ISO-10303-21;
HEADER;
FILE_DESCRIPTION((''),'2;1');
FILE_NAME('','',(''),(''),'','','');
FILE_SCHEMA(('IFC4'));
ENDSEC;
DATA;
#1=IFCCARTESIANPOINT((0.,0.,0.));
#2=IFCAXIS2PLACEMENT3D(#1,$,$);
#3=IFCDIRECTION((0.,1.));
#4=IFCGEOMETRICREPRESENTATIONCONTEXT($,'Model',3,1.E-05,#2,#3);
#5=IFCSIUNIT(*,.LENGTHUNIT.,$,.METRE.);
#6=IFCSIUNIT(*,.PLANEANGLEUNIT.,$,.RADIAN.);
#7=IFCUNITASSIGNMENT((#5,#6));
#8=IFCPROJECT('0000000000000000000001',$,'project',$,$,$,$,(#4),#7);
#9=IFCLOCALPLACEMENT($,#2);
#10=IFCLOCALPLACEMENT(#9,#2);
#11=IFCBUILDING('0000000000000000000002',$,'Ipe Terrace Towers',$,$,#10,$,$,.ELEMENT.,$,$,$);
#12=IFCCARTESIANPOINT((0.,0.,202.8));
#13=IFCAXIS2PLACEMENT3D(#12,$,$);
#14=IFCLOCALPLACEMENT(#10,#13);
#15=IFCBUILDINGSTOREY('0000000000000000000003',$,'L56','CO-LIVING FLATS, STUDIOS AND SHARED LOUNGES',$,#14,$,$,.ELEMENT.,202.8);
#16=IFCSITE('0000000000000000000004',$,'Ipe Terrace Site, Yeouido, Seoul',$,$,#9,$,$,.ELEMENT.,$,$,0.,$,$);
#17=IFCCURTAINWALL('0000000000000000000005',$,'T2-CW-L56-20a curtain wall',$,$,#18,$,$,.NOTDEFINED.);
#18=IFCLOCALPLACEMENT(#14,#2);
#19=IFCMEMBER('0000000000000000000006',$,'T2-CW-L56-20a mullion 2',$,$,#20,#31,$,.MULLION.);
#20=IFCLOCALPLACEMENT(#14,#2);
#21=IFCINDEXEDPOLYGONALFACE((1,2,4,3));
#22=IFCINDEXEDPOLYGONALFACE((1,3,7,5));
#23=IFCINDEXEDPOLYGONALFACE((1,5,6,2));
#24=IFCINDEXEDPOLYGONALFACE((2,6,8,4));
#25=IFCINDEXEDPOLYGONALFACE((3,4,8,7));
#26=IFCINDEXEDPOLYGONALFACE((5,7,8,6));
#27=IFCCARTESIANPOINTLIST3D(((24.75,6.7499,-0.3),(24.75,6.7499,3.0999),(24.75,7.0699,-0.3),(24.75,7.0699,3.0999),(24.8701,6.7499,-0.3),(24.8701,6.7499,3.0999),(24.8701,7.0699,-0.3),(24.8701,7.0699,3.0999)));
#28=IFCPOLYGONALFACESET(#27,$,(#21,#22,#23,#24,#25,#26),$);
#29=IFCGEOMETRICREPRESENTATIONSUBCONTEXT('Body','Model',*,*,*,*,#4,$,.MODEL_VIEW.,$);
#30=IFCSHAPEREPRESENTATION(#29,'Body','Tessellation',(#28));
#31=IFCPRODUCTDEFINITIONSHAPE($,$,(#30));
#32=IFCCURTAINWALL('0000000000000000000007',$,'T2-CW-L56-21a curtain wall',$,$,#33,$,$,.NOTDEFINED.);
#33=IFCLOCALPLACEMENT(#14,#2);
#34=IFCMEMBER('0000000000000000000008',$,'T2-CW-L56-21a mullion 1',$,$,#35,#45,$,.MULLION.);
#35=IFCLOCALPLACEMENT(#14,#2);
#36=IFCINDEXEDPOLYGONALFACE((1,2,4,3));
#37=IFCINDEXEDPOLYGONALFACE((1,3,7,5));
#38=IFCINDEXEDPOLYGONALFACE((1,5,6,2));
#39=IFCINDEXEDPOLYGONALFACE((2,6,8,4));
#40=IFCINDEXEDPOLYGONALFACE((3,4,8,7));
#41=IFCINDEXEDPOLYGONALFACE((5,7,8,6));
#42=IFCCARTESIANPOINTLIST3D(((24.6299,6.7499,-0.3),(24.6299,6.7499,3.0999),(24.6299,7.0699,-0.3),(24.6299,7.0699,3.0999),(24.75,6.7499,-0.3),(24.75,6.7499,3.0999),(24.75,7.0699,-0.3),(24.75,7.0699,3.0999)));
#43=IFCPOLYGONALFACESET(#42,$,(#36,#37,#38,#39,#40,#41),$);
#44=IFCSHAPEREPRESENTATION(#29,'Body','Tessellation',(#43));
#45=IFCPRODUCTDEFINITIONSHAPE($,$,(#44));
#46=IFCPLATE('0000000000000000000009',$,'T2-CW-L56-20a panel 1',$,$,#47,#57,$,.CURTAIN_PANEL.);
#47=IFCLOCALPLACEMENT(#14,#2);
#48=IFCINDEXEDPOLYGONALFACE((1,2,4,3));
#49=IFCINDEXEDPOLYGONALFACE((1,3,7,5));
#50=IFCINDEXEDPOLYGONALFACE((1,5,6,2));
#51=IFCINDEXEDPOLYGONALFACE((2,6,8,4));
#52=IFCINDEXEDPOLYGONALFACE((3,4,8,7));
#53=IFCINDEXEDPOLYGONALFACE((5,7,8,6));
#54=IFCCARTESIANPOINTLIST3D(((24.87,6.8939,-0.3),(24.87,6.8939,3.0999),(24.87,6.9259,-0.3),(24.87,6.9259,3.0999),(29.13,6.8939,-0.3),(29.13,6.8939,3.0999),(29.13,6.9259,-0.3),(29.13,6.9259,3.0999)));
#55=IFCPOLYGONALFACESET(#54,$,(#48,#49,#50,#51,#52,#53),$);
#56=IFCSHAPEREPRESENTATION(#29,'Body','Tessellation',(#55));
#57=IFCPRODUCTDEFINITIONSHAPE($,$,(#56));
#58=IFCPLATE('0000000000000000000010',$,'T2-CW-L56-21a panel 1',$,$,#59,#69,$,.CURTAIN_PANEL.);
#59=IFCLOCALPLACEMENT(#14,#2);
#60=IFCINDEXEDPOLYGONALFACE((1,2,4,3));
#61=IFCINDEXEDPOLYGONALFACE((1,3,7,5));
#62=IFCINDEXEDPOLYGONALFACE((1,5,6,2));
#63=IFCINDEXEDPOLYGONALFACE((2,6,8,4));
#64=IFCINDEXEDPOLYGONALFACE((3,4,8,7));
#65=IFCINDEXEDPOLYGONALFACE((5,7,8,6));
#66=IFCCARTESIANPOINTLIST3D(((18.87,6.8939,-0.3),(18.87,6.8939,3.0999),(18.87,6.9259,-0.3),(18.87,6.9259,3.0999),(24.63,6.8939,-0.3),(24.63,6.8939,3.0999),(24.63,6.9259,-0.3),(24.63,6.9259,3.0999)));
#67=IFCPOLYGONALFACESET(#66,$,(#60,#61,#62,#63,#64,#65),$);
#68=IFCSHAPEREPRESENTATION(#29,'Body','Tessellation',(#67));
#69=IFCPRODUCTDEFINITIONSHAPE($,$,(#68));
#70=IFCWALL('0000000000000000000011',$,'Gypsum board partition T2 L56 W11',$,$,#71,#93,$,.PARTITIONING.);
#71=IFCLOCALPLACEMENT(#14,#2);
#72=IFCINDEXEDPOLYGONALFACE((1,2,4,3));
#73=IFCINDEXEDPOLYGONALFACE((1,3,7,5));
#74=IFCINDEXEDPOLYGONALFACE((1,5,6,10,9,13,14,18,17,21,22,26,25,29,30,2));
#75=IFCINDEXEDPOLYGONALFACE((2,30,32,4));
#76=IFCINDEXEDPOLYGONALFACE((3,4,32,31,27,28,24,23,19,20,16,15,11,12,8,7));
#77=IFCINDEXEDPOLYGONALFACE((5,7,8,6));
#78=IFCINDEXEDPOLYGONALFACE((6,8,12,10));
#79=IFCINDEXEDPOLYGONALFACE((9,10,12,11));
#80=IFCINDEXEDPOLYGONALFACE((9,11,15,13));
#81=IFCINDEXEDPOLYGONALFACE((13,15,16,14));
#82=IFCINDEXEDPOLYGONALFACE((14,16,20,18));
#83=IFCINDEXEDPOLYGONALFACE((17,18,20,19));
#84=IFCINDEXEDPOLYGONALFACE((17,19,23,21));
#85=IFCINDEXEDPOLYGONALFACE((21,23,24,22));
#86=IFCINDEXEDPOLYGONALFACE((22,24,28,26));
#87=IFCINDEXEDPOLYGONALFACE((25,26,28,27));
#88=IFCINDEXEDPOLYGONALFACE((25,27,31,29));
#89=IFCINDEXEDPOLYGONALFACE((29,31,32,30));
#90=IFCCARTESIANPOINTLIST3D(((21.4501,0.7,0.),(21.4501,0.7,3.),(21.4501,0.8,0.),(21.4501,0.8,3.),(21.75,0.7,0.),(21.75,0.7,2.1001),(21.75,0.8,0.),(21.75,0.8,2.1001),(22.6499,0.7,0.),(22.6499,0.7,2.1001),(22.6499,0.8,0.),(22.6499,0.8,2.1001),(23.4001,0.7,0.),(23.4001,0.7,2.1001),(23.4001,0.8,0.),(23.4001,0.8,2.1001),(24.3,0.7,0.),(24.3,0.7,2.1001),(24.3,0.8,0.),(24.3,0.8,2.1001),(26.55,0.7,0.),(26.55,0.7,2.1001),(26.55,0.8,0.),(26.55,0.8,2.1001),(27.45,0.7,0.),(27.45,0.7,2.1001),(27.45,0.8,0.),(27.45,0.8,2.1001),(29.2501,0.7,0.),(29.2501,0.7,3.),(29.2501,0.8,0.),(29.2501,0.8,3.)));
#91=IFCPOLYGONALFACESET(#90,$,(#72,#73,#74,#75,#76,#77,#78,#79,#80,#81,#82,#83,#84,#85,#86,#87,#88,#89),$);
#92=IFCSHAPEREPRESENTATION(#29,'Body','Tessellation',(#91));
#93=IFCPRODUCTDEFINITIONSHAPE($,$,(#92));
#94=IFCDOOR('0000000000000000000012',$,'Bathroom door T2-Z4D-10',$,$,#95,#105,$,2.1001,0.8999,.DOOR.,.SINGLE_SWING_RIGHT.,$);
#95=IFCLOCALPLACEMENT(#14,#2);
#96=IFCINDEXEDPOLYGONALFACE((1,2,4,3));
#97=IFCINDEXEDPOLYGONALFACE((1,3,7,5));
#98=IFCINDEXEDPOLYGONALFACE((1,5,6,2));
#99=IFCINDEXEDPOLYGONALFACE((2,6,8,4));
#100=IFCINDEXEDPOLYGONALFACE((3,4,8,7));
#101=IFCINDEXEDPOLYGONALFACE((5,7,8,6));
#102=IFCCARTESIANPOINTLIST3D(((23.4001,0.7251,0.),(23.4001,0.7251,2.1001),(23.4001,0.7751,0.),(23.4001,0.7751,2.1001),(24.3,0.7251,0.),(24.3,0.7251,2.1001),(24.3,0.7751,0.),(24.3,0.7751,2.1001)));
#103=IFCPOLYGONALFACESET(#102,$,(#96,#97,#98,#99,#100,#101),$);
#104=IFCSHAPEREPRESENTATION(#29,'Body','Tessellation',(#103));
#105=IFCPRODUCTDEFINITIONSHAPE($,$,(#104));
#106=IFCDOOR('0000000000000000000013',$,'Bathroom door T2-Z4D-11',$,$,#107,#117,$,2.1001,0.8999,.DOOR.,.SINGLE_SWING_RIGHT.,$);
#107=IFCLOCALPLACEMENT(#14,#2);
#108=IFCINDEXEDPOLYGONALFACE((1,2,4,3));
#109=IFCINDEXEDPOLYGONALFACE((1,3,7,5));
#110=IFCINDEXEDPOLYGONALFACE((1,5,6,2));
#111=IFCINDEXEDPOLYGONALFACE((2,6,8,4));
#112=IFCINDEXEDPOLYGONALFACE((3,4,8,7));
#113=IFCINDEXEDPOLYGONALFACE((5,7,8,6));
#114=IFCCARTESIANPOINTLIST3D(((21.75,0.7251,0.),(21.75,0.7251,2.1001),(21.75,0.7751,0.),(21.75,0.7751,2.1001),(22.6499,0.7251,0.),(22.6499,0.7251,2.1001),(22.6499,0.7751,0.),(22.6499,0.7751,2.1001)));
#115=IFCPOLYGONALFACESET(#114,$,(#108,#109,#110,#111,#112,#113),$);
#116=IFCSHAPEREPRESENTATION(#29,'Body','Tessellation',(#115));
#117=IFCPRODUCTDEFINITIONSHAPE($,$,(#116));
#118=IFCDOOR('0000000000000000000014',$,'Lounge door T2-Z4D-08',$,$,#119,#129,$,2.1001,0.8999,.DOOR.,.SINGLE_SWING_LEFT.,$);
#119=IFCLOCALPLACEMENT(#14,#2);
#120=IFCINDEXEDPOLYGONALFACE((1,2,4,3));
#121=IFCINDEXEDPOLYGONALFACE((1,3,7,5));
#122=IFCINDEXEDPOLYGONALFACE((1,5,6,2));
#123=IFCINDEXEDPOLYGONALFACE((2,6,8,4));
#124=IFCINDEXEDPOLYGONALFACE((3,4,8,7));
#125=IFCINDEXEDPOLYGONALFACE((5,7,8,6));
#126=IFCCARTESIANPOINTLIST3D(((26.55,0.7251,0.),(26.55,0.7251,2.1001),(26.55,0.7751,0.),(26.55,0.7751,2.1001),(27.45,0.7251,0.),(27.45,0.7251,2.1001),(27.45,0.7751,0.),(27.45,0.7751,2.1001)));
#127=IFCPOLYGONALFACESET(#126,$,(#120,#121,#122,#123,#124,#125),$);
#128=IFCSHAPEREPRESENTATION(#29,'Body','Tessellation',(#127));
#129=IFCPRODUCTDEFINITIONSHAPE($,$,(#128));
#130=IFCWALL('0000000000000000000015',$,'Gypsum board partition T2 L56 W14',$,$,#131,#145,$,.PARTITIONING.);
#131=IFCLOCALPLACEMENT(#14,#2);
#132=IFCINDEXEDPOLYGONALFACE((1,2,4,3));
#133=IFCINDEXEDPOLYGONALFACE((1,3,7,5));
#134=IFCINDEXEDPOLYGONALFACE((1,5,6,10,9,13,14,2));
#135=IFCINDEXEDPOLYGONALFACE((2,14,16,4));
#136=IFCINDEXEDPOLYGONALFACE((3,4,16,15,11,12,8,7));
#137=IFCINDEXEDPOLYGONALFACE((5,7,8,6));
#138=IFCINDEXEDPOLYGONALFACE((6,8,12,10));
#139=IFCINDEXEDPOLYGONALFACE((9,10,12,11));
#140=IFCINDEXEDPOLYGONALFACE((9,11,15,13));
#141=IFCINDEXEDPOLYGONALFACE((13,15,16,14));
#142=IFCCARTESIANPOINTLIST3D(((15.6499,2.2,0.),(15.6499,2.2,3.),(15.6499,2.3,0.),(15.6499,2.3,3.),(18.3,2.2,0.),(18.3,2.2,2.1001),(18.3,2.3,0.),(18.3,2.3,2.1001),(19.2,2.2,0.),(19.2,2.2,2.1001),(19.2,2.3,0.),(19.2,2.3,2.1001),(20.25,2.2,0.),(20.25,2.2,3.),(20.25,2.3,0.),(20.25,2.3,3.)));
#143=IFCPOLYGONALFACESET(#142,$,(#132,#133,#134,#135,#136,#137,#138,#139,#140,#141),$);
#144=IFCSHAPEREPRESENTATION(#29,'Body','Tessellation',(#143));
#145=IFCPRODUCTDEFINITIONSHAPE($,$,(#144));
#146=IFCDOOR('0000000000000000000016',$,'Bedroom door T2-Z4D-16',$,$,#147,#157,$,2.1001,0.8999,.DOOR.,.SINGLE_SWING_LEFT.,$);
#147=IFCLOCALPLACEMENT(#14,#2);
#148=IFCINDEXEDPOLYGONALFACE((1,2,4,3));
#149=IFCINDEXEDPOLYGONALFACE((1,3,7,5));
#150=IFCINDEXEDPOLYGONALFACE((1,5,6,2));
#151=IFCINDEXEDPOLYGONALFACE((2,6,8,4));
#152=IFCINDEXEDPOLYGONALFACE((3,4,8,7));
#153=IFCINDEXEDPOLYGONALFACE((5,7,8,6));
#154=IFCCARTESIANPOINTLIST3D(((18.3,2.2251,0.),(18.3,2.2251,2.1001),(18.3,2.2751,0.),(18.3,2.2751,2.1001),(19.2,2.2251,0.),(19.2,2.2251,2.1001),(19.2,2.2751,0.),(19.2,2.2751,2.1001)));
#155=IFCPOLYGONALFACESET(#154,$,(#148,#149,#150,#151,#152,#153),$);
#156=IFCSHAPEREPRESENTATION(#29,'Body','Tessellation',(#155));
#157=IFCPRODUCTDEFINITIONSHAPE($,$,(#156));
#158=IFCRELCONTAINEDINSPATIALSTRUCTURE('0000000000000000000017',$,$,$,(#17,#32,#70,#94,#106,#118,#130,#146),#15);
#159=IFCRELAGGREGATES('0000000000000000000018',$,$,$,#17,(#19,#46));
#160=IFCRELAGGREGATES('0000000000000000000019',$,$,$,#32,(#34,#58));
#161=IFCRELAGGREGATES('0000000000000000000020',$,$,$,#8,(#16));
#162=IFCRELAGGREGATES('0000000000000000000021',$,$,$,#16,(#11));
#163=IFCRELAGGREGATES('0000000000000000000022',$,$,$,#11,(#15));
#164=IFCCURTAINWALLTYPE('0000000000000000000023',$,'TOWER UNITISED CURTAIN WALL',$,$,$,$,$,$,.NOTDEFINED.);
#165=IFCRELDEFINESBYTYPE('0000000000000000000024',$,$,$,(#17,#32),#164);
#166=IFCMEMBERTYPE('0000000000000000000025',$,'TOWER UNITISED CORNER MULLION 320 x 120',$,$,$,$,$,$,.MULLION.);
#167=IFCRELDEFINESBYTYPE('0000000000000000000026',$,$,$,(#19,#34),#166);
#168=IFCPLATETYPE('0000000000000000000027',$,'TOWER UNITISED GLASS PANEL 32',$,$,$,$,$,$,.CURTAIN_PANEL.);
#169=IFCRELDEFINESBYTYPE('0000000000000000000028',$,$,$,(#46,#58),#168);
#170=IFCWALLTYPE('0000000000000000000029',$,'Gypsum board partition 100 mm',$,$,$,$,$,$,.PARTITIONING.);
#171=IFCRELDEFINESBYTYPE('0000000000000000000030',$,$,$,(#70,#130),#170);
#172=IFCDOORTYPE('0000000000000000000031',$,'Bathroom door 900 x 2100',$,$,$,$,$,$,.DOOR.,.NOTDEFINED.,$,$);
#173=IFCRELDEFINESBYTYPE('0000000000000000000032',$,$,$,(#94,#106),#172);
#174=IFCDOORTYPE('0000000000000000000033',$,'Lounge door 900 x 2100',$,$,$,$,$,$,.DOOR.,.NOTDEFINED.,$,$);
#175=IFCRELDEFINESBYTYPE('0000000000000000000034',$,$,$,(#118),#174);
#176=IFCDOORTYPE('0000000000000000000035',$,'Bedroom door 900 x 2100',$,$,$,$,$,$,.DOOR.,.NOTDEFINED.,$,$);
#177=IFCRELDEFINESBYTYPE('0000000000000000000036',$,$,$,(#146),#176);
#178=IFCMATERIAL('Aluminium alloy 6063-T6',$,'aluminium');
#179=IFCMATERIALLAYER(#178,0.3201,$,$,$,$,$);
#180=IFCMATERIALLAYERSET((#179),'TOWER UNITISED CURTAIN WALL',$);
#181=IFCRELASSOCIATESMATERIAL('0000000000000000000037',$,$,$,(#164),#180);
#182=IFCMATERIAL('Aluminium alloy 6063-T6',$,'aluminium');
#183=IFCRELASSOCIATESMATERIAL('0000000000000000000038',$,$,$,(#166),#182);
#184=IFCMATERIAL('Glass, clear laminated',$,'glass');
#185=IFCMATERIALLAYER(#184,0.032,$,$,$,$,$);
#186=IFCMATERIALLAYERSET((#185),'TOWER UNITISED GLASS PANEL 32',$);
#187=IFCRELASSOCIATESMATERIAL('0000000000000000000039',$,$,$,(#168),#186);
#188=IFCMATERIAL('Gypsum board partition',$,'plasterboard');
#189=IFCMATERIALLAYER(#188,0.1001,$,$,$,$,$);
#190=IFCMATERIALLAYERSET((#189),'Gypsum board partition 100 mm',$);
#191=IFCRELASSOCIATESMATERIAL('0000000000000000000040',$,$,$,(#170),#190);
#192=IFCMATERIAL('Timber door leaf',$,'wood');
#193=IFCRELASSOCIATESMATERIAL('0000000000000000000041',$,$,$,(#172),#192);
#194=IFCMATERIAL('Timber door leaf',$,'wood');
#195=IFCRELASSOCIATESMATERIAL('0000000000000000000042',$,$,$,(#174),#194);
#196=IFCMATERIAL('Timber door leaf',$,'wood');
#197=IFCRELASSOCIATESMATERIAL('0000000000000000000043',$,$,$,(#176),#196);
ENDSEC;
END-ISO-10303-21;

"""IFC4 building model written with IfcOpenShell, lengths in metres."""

from ifc_helpers import new_model, si_unit, direction, frame, frame_2d, origin, origin_2d, place, context, subcontext, project, spatial, rectangle, extrude, material, layer, layer_set, material_profile, profile_set, type_object, element, fill, aggregate, save


model = new_model("IFC4")

# Units and contexts
model_context = context("Model", 3, precision=1e-05, world=origin(), true_north=direction((0.0, 1.0)))
body_context = subcontext(model_context, "Body", "Model", "MODEL_VIEW")
ifc_project = project(units=[si_unit("LENGTHUNIT", "METRE"), si_unit("PLANEANGLEUNIT", "RADIAN")], contexts=[model_context])

# Site, building, storey
site_placement = place(None, origin())
site = spatial("IfcSite", under=ifc_project, at=site_placement, Name="Ipe Terrace Site, Yeouido, Seoul", CompositionType="ELEMENT", RefElevation=0.0)
building_placement = place(site_placement, origin())
building = spatial("IfcBuilding", under=site, at=building_placement, Name="Ipe Terrace Towers", CompositionType="ELEMENT")
storey_placement = place(building_placement, frame((0.0, 0.0, 202.8)))
storey = spatial("IfcBuildingStorey", under=building, at=storey_placement, Name="L56", Description="CO-LIVING FLATS, STUDIOS AND SHARED LOUNGES", CompositionType="ELEMENT", Elevation=202.8)

# Curtain wall, member
ifc_material_1 = material(Name="Aluminium alloy 6063-T6", Category="aluminium")
ifc_layer_1 = layer(ifc_material_1, 0.3201)
ifc_layer_set_1 = layer_set([ifc_layer_1], Name="TOWER UNITISED CURTAIN WALL")
curtain_wall_type = type_object("IfcCurtainWallType", Name="TOWER UNITISED CURTAIN WALL", PredefinedType="NOTDEFINED", material=ifc_layer_set_1)
curtain_wall_1_placement = place(storey_placement, origin())
curtain_wall_1 = element("IfcCurtainWall", 1, at=curtain_wall_1_placement, inside=storey, type_object=curtain_wall_type, Name="T2-CW-L56-20a curtain wall", PredefinedType="NOTDEFINED")
ifc_material_2 = material(Name="Aluminium alloy 6063-T6", Category="aluminium")
ifc_material_profile_1 = material_profile(ifc_material_2, rectangle(XDim=0.3201, YDim=0.1201, at=origin_2d()), Name="TOWER UNITISED CORNER MULLION 320 x 120")
ifc_profile_set_1 = profile_set([ifc_material_profile_1], Name="Aluminium alloy 6063-T6")
member_type = type_object("IfcMemberType", Name="TOWER UNITISED CORNER MULLION 320 x 120", PredefinedType="MULLION", material=ifc_profile_set_1)
member_1_placement = place(storey_placement, frame((24.8101, 6.9099, -0.3), z_axis=(0.0, 0.0, 1.0), x_axis=(0.0, 1.0, 0.0)))
member_1 = element("IfcMember", 2, at=member_1_placement, type_object=member_type, Name="T2-CW-L56-20a mullion 2", PredefinedType="MULLION", context=body_context, shape_type="SweptSolid", body=[
    extrude(rectangle(XDim=0.3201, YDim=0.1201, at=origin_2d()), origin(), (0.0, 0.0, 1.0), 3.3999),
])

# Curtain wall, member
curtain_wall_2_placement = place(storey_placement, origin())
curtain_wall_2 = element("IfcCurtainWall", 3, at=curtain_wall_2_placement, inside=storey, type_object=curtain_wall_type, Name="T2-CW-L56-21a curtain wall", PredefinedType="NOTDEFINED")
member_2_placement = place(storey_placement, frame((24.6899, 6.9099, -0.3), z_axis=(0.0, 0.0, 1.0), x_axis=(0.0, 1.0, 0.0)))
member_2 = element("IfcMember", 4, at=member_2_placement, type_object=member_type, Name="T2-CW-L56-21a mullion 1", PredefinedType="MULLION", context=body_context, shape_type="SweptSolid", body=[
    extrude(rectangle(XDim=0.3201, YDim=0.1201, at=origin_2d()), origin(), (0.0, 0.0, 1.0), 3.3999),
])

# Plates
ifc_material_3 = material(Name="Glass, clear laminated", Category="glass")
ifc_layer_2 = layer(ifc_material_3, 0.032)
ifc_layer_set_2 = layer_set([ifc_layer_2], Name="TOWER UNITISED GLASS PANEL 32")
plate_type = type_object("IfcPlateType", Name="TOWER UNITISED GLASS PANEL 32", PredefinedType="CURTAIN_PANEL", material=ifc_layer_set_2)
plate_1_placement = place(storey_placement, frame((27.0, 6.9099, -0.3), z_axis=(0.0, 0.0, 1.0), x_axis=(-1.0, 0.0, 0.0)))
plate_1 = element("IfcPlate", 5, at=plate_1_placement, type_object=plate_type, Name="T2-CW-L56-20a panel 1", PredefinedType="CURTAIN_PANEL", context=body_context, shape_type="SweptSolid", body=[
    extrude(rectangle(XDim=4.26, YDim=0.032, at=origin_2d()), origin(), (0.0, 0.0, 1.0), 3.3999),
])
aggregate(curtain_wall_1, [member_1, plate_1])
plate_2_placement = place(storey_placement, frame((21.75, 6.9099, -0.3), z_axis=(0.0, 0.0, 1.0), x_axis=(-1.0, 0.0, 0.0)))
plate_2 = element("IfcPlate", 6, at=plate_2_placement, type_object=plate_type, Name="T2-CW-L56-21a panel 1", PredefinedType="CURTAIN_PANEL", context=body_context, shape_type="SweptSolid", body=[
    extrude(rectangle(XDim=5.76, YDim=0.032, at=origin_2d()), origin(), (0.0, 0.0, 1.0), 3.3999),
])
aggregate(curtain_wall_2, [member_2, plate_2])

# Wall, openings, doors
ifc_material_4 = material(Name="Gypsum board partition", Category="plasterboard")
ifc_layer_3 = layer(ifc_material_4, 0.1001)
ifc_layer_set_3 = layer_set([ifc_layer_3], Name="Gypsum board partition 100 mm")
wall_type_1 = type_object("IfcWallType", Name="Gypsum board partition 100 mm", PredefinedType="PARTITIONING", material=ifc_layer_set_3)
wall_1_placement = place(storey_placement, frame((29.25, 0.75, 0.0), z_axis=(0.0, 0.0, 1.0), x_axis=(-1.0, 0.0, 0.0)))
wall_1 = element("IfcWall", 7, at=wall_1_placement, inside=storey, type_object=wall_type_1, Name="Gypsum board partition T2 L56 W11", PredefinedType="PARTITIONING", context=body_context, shape_type="SweptSolid", body=[
    extrude(rectangle(XDim=7.8, YDim=0.1001, at=frame_2d((3.8999, 0.0))), origin(), (0.0, 0.0, 1.0), 3.0),
])
opening_1_placement = place(wall_1_placement, frame((1.8, 0.0, 0.0)))
opening_1 = element("IfcOpeningElement", 8, at=opening_1_placement, cuts=wall_1, PredefinedType="OPENING", context=body_context, shape_type="SweptSolid", body=[
    extrude(rectangle(XDim=0.8999, YDim=2.1001, at=frame_2d((0.45, 1.05))), frame((0.0, 0.0601, 0.0), z_axis=(0.0, -1.0, 0.0), x_axis=(1.0, 0.0, 0.0)), (0.0, 0.0, 1.0), 0.1201),
])
opening_2_placement = place(wall_1_placement, frame((4.95, 0.0, 0.0)))
opening_2 = element("IfcOpeningElement", 9, at=opening_2_placement, cuts=wall_1, PredefinedType="OPENING", context=body_context, shape_type="SweptSolid", body=[
    extrude(rectangle(XDim=0.8999, YDim=2.1001, at=frame_2d((0.45, 1.05))), frame((0.0, 0.0601, 0.0), z_axis=(0.0, -1.0, 0.0), x_axis=(1.0, 0.0, 0.0)), (0.0, 0.0, 1.0), 0.1201),
])
opening_3_placement = place(wall_1_placement, frame((6.6001, 0.0, 0.0)))
opening_3 = element("IfcOpeningElement", 10, at=opening_3_placement, cuts=wall_1, PredefinedType="OPENING", context=body_context, shape_type="SweptSolid", body=[
    extrude(rectangle(XDim=0.8999, YDim=2.1001, at=frame_2d((0.45, 1.05))), frame((0.0, 0.0601, 0.0), z_axis=(0.0, -1.0, 0.0), x_axis=(1.0, 0.0, 0.0)), (0.0, 0.0, 1.0), 0.1201),
])
ifc_material_5 = material(Name="Timber door leaf", Category="wood")
door_type_1 = type_object("IfcDoorType", Name="Bathroom door 900 x 2100", OperationType="NOTDEFINED", PredefinedType="DOOR", material=ifc_material_5)
door_1_placement = place(opening_2_placement, origin())
door_1 = element("IfcDoor", 11, at=door_1_placement, inside=storey, type_object=door_type_1, Name="Bathroom door T2-Z4D-10", OperationType="SINGLE_SWING_RIGHT", OverallHeight=2.1001, OverallWidth=0.8999, PredefinedType="DOOR", context=body_context, shape_type="SweptSolid", body=[
    extrude(rectangle(XDim=0.8999, YDim=2.1001, at=frame_2d((0.45, 1.05))), frame((0.0, 0.0249, 0.0), z_axis=(0.0, -1.0, 0.0), x_axis=(1.0, 0.0, 0.0)), (0.0, 0.0, 1.0), 0.05),
])
fill(opening_2, door_1)
door_2_placement = place(opening_3_placement, origin())
door_2 = element("IfcDoor", 12, at=door_2_placement, inside=storey, type_object=door_type_1, Name="Bathroom door T2-Z4D-11", OperationType="SINGLE_SWING_RIGHT", OverallHeight=2.1001, OverallWidth=0.8999, PredefinedType="DOOR", context=body_context, shape_type="SweptSolid", body=[
    extrude(rectangle(XDim=0.8999, YDim=2.1001, at=frame_2d((0.45, 1.05))), frame((0.0, 0.0249, 0.0), z_axis=(0.0, -1.0, 0.0), x_axis=(1.0, 0.0, 0.0)), (0.0, 0.0, 1.0), 0.05),
])
fill(opening_3, door_2)
ifc_material_6 = material(Name="Timber door leaf", Category="wood")
door_type_2 = type_object("IfcDoorType", Name="Lounge door 900 x 2100", OperationType="NOTDEFINED", PredefinedType="DOOR", material=ifc_material_6)
door_3_placement = place(opening_1_placement, origin())
door_3 = element("IfcDoor", 13, at=door_3_placement, inside=storey, type_object=door_type_2, Name="Lounge door T2-Z4D-08", OperationType="SINGLE_SWING_LEFT", OverallHeight=2.1001, OverallWidth=0.8999, PredefinedType="DOOR", context=body_context, shape_type="SweptSolid", body=[
    extrude(rectangle(XDim=0.8999, YDim=2.1001, at=frame_2d((0.45, 1.05))), frame((0.0, 0.0249, 0.0), z_axis=(0.0, -1.0, 0.0), x_axis=(1.0, 0.0, 0.0)), (0.0, 0.0, 1.0), 0.05),
])
fill(opening_1, door_3)

# Wall, opening, door
wall_2_placement = place(storey_placement, frame((20.25, 2.25, 0.0), z_axis=(0.0, 0.0, 1.0), x_axis=(-1.0, 0.0, 0.0)))
wall_2 = element("IfcWall", 14, at=wall_2_placement, inside=storey, type_object=wall_type_1, Name="Gypsum board partition T2 L56 W14", PredefinedType="PARTITIONING", context=body_context, shape_type="SweptSolid", body=[
    extrude(rectangle(XDim=4.6001, YDim=0.1001, at=frame_2d((2.3, 0.0))), origin(), (0.0, 0.0, 1.0), 3.0),
])
opening_4_placement = place(wall_2_placement, frame((1.05, 0.0, 0.0)))
opening_4 = element("IfcOpeningElement", 15, at=opening_4_placement, cuts=wall_2, PredefinedType="OPENING", context=body_context, shape_type="SweptSolid", body=[
    extrude(rectangle(XDim=0.8999, YDim=2.1001, at=frame_2d((0.45, 1.05))), frame((0.0, 0.0601, 0.0), z_axis=(0.0, -1.0, 0.0), x_axis=(1.0, 0.0, 0.0)), (0.0, 0.0, 1.0), 0.1201),
])
ifc_material_7 = material(Name="Timber door leaf", Category="wood")
door_type_3 = type_object("IfcDoorType", Name="Bedroom door 900 x 2100", OperationType="NOTDEFINED", PredefinedType="DOOR", material=ifc_material_7)
door_4_placement = place(opening_4_placement, origin())
door_4 = element("IfcDoor", 16, at=door_4_placement, inside=storey, type_object=door_type_3, Name="Bedroom door T2-Z4D-16", OperationType="SINGLE_SWING_LEFT", OverallHeight=2.1001, OverallWidth=0.8999, PredefinedType="DOOR", context=body_context, shape_type="SweptSolid", body=[
    extrude(rectangle(XDim=0.8999, YDim=2.1001, at=frame_2d((0.45, 1.05))), frame((0.0, 0.0249, 0.0), z_axis=(0.0, -1.0, 0.0), x_axis=(1.0, 0.0, 0.0)), (0.0, 0.0, 1.0), 0.05),
])
fill(opening_4, door_4)

save(model, "model.ifc")
